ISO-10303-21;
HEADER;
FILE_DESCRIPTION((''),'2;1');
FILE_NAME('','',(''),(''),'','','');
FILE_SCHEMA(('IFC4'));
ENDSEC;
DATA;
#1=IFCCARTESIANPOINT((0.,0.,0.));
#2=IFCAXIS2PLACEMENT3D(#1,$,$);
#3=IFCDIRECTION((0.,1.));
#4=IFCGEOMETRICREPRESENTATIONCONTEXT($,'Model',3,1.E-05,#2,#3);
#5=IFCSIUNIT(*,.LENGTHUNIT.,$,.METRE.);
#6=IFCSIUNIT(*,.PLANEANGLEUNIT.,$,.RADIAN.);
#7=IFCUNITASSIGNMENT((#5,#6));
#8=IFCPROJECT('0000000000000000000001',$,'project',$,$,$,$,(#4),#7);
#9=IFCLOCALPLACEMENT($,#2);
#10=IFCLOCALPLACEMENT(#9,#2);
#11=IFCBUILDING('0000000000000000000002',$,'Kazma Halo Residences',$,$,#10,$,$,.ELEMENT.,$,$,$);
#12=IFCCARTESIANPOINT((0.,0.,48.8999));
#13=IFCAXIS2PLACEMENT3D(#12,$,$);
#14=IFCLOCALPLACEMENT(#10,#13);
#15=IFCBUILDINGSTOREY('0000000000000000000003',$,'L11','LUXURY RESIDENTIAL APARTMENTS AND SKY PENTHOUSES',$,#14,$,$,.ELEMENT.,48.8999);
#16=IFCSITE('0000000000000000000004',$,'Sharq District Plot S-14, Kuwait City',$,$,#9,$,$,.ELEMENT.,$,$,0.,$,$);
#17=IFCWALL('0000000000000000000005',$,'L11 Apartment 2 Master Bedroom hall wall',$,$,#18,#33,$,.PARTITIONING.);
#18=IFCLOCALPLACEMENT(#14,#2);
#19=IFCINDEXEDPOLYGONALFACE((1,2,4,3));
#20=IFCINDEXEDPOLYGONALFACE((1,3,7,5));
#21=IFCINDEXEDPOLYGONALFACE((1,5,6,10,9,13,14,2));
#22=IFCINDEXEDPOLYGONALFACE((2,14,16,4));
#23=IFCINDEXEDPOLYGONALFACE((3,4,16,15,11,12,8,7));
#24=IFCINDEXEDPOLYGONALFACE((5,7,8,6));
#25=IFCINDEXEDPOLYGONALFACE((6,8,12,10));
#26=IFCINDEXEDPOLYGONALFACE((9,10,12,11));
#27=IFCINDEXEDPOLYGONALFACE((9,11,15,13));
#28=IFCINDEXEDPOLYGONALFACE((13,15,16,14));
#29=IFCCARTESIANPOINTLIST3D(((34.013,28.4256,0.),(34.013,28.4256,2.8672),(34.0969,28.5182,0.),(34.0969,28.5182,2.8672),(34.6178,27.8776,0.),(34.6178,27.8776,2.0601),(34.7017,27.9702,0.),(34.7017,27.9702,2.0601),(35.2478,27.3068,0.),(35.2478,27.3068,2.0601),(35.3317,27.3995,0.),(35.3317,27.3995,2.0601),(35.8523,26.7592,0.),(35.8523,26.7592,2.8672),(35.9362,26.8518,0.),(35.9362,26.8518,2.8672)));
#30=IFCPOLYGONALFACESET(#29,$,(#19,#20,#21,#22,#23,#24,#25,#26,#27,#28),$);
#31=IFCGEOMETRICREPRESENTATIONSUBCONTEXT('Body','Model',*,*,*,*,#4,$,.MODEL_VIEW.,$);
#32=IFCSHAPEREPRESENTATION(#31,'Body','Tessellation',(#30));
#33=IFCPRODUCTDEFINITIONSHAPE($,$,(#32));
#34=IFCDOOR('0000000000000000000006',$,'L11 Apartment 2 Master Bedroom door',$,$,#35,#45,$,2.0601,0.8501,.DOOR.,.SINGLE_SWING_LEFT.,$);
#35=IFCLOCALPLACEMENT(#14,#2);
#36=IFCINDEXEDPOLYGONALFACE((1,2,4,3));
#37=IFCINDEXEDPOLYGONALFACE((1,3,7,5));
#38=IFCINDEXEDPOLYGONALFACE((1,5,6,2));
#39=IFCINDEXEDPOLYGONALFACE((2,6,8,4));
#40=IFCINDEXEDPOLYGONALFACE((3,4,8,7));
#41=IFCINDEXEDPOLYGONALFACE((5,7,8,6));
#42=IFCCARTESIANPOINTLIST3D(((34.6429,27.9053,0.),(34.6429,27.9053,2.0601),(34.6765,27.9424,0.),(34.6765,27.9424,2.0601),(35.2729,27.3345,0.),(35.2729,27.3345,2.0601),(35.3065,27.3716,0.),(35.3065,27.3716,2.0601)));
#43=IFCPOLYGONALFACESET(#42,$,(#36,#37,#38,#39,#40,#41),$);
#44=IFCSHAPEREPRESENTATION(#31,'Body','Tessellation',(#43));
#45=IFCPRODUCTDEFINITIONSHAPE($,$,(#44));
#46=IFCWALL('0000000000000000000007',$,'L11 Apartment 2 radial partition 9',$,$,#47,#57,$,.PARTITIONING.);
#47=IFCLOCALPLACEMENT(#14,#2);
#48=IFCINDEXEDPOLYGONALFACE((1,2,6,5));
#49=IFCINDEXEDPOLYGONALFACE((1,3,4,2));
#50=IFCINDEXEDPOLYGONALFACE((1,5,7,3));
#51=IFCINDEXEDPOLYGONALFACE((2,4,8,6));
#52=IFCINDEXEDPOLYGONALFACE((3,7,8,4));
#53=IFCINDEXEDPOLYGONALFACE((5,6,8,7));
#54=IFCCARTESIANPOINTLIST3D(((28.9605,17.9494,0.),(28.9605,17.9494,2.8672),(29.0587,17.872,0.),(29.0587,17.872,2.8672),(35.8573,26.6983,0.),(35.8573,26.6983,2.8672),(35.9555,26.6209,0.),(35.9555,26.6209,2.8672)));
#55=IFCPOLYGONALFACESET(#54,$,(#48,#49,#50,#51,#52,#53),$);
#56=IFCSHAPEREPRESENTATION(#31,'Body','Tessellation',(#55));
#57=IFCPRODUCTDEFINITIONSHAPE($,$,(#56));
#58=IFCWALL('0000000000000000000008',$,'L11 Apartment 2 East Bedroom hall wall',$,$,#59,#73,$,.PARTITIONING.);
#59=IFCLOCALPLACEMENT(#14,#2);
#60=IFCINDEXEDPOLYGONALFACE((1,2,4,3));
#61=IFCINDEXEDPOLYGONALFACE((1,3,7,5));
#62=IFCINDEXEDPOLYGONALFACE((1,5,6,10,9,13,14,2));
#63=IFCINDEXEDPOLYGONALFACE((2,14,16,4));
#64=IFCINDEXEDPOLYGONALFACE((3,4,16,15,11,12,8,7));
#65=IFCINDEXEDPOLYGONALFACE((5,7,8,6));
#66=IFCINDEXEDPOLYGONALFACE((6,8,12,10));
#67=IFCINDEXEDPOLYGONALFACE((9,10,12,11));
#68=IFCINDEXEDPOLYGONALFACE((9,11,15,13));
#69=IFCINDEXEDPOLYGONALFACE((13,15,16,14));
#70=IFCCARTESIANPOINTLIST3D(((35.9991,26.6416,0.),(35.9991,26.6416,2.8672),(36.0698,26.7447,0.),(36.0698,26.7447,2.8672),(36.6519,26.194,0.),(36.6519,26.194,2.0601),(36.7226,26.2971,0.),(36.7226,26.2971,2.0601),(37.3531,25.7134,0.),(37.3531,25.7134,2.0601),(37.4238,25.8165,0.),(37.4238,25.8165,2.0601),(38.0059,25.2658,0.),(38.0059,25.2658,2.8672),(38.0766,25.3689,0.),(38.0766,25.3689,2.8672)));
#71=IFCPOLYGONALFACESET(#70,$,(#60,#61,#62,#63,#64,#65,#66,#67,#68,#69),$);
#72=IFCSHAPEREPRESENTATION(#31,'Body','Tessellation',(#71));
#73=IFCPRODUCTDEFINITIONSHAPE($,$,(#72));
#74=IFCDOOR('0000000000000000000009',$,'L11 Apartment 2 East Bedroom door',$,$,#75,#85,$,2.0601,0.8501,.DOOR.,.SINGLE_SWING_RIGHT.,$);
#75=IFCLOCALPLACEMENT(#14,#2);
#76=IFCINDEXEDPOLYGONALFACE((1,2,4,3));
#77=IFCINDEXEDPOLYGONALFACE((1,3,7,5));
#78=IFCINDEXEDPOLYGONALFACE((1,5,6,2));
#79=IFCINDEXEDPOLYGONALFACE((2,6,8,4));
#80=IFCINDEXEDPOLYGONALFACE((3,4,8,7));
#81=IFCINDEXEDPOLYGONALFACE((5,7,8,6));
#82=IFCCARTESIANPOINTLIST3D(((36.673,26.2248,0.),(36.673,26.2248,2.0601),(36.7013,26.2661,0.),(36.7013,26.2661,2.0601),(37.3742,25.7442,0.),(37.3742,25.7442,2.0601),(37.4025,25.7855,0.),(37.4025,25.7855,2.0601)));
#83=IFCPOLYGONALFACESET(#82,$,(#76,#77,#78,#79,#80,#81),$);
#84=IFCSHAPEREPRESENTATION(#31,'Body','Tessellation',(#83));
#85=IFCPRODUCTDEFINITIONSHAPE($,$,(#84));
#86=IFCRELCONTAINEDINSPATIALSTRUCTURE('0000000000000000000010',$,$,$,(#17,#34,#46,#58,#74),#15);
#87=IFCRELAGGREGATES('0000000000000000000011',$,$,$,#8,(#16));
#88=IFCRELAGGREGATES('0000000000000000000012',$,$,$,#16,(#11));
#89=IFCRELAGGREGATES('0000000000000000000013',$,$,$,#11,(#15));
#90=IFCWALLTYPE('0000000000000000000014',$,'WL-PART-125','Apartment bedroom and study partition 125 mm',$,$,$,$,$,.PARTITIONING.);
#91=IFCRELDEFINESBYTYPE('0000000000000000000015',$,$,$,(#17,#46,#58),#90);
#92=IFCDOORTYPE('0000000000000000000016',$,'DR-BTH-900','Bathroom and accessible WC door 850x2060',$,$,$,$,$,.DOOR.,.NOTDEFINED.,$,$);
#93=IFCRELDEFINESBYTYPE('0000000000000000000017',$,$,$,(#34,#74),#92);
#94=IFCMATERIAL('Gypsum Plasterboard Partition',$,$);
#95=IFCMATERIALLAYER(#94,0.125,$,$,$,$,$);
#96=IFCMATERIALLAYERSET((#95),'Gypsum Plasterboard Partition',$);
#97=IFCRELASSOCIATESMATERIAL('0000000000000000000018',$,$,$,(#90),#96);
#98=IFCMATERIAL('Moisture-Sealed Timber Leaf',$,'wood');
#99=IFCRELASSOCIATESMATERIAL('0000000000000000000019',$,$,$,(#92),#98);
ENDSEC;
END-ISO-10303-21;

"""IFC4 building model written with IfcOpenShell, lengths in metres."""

from ifc_helpers import new_model, si_unit, direction, frame, frame_2d, origin, place, context, subcontext, project, spatial, rectangle, extrude, material, layer, layer_set, type_object, element, fill, save


model = new_model("IFC4")

# Units and contexts
model_context = context("Model", 3, precision=1e-05, world=origin(), true_north=direction((0.0, 1.0)))
body_context = subcontext(model_context, "Body", "Model", "MODEL_VIEW")
ifc_project = project(units=[si_unit("LENGTHUNIT", "METRE"), si_unit("PLANEANGLEUNIT", "RADIAN")], contexts=[model_context])

# Site, building, storey
site_placement = place(None, origin())
site = spatial("IfcSite", under=ifc_project, at=site_placement, Name="Sharq District Plot S-14, Kuwait City", CompositionType="ELEMENT", RefElevation=0.0)
building_placement = place(site_placement, origin())
building = spatial("IfcBuilding", under=site, at=building_placement, Name="Kazma Halo Residences", CompositionType="ELEMENT")
storey_placement = place(building_placement, frame((0.0, 0.0, 48.8999)))
storey = spatial("IfcBuildingStorey", under=building, at=storey_placement, Name="L11", Description="LUXURY RESIDENTIAL APARTMENTS AND SKY PENTHOUSES", CompositionType="ELEMENT", Elevation=48.8999)

# Shared definitions
ifc_material_1 = material(Name="Gypsum Plasterboard Partition")
ifc_layer_1 = layer(ifc_material_1, 0.125)
ifc_layer_set_1 = layer_set([ifc_layer_1], Name="Gypsum Plasterboard Partition")
wall_type_1 = type_object("IfcWallType", Name="WL-PART-125", Description="Apartment bedroom and study partition 125 mm", PredefinedType="PARTITIONING", material=ifc_layer_set_1)

# Wall, opening, door
wall_1_placement = place(storey_placement, frame((34.0549, 28.4719, 0.0), z_axis=(0.0, 0.0, 1.0), x_axis=(0.74107, -0.671428, 0.0)))
wall_1 = element("IfcWall", 1, at=wall_1_placement, inside=storey, type_object=wall_type_1, Name="L11 Apartment 2 Master Bedroom hall wall", PredefinedType="PARTITIONING", context=body_context, shape_type="SweptSolid", body=[
    extrude(rectangle(XDim=2.4819, YDim=0.125, at=frame_2d((1.241, 0.0))), origin(), (0.0, 0.0, 1.0), 2.8672),
])
opening_1_placement = place(wall_1_placement, frame((0.8162, 0.0, 0.0)))
opening_1 = element("IfcOpeningElement", 2, at=opening_1_placement, cuts=wall_1, PredefinedType="OPENING", context=body_context, shape_type="SweptSolid", body=[
    extrude(rectangle(XDim=0.8501, YDim=2.0601, at=frame_2d((0.425, 1.03))), frame((0.0, 0.0725, 0.0), z_axis=(0.0, -1.0, 0.0), x_axis=(1.0, 0.0, 0.0)), (0.0, 0.0, 1.0), 0.145),
])
ifc_material_2 = material(Name="Moisture-Sealed Timber Leaf", Category="wood")
door_type_1 = type_object("IfcDoorType", Name="DR-BTH-900", Description="Bathroom and accessible WC door 850x2060", OperationType="NOTDEFINED", PredefinedType="DOOR", material=ifc_material_2)
door_1_placement = place(opening_1_placement, origin())
door_1 = element("IfcDoor", 3, at=door_1_placement, inside=storey, type_object=door_type_1, Name="L11 Apartment 2 Master Bedroom door", OperationType="SINGLE_SWING_LEFT", OverallHeight=2.0601, OverallWidth=0.8501, PredefinedType="DOOR", context=body_context, shape_type="SweptSolid", body=[
    extrude(rectangle(XDim=0.8501, YDim=2.0601, at=frame_2d((0.425, 1.03))), frame((0.0, 0.0249, 0.0), z_axis=(0.0, -1.0, 0.0), x_axis=(1.0, 0.0, 0.0)), (0.0, 0.0, 1.0), 0.05),
])
fill(opening_1, door_1)

# Wall
wall_2_placement = place(storey_placement, frame((35.9065, 26.6597, 0.0), z_axis=(0.0, 0.0, 1.0), x_axis=(-0.61908, -0.785328, 0.0)))
element("IfcWall", 4, at=wall_2_placement, inside=storey, type_object=wall_type_1, Name="L11 Apartment 2 radial partition 9", PredefinedType="PARTITIONING", context=body_context, shape_type="SweptSolid", body=[
    extrude(rectangle(XDim=11.1404, YDim=0.125, at=frame_2d((5.5703, 0.0))), origin(), (0.0, 0.0, 1.0), 2.8672),
])

# Wall, opening, door
wall_3_placement = place(storey_placement, frame((36.0344, 26.6931, 0.0), z_axis=(0.0, 0.0, 1.0), x_axis=(0.824802, -0.565421, 0.0)))
wall_3 = element("IfcWall", 5, at=wall_3_placement, inside=storey, type_object=wall_type_1, Name="L11 Apartment 2 East Bedroom hall wall", PredefinedType="PARTITIONING", context=body_context, shape_type="SweptSolid", body=[
    extrude(rectangle(XDim=2.4331, YDim=0.125, at=frame_2d((1.2166, 0.0))), origin(), (0.0, 0.0, 1.0), 2.8672),
])
opening_2_placement = place(wall_3_placement, frame((0.7915, 0.0, 0.0)))
opening_2 = element("IfcOpeningElement", 6, at=opening_2_placement, cuts=wall_3, PredefinedType="OPENING", context=body_context, shape_type="SweptSolid", body=[
    extrude(rectangle(XDim=0.8501, YDim=2.0601, at=frame_2d((0.425, 1.03))), frame((0.0, 0.0725, 0.0), z_axis=(0.0, -1.0, 0.0), x_axis=(1.0, 0.0, 0.0)), (0.0, 0.0, 1.0), 0.145),
])
door_2_placement = place(opening_2_placement, origin())
door_2 = element("IfcDoor", 7, at=door_2_placement, inside=storey, type_object=door_type_1, Name="L11 Apartment 2 East Bedroom door", OperationType="SINGLE_SWING_RIGHT", OverallHeight=2.0601, OverallWidth=0.8501, PredefinedType="DOOR", context=body_context, shape_type="SweptSolid", body=[
    extrude(rectangle(XDim=0.8501, YDim=2.0601, at=frame_2d((0.425, 1.03))), frame((0.0, 0.0249, 0.0), z_axis=(0.0, -1.0, 0.0), x_axis=(1.0, 0.0, 0.0)), (0.0, 0.0, 1.0), 0.05),
])
fill(opening_2, door_2)

save(model, "model.ifc")
